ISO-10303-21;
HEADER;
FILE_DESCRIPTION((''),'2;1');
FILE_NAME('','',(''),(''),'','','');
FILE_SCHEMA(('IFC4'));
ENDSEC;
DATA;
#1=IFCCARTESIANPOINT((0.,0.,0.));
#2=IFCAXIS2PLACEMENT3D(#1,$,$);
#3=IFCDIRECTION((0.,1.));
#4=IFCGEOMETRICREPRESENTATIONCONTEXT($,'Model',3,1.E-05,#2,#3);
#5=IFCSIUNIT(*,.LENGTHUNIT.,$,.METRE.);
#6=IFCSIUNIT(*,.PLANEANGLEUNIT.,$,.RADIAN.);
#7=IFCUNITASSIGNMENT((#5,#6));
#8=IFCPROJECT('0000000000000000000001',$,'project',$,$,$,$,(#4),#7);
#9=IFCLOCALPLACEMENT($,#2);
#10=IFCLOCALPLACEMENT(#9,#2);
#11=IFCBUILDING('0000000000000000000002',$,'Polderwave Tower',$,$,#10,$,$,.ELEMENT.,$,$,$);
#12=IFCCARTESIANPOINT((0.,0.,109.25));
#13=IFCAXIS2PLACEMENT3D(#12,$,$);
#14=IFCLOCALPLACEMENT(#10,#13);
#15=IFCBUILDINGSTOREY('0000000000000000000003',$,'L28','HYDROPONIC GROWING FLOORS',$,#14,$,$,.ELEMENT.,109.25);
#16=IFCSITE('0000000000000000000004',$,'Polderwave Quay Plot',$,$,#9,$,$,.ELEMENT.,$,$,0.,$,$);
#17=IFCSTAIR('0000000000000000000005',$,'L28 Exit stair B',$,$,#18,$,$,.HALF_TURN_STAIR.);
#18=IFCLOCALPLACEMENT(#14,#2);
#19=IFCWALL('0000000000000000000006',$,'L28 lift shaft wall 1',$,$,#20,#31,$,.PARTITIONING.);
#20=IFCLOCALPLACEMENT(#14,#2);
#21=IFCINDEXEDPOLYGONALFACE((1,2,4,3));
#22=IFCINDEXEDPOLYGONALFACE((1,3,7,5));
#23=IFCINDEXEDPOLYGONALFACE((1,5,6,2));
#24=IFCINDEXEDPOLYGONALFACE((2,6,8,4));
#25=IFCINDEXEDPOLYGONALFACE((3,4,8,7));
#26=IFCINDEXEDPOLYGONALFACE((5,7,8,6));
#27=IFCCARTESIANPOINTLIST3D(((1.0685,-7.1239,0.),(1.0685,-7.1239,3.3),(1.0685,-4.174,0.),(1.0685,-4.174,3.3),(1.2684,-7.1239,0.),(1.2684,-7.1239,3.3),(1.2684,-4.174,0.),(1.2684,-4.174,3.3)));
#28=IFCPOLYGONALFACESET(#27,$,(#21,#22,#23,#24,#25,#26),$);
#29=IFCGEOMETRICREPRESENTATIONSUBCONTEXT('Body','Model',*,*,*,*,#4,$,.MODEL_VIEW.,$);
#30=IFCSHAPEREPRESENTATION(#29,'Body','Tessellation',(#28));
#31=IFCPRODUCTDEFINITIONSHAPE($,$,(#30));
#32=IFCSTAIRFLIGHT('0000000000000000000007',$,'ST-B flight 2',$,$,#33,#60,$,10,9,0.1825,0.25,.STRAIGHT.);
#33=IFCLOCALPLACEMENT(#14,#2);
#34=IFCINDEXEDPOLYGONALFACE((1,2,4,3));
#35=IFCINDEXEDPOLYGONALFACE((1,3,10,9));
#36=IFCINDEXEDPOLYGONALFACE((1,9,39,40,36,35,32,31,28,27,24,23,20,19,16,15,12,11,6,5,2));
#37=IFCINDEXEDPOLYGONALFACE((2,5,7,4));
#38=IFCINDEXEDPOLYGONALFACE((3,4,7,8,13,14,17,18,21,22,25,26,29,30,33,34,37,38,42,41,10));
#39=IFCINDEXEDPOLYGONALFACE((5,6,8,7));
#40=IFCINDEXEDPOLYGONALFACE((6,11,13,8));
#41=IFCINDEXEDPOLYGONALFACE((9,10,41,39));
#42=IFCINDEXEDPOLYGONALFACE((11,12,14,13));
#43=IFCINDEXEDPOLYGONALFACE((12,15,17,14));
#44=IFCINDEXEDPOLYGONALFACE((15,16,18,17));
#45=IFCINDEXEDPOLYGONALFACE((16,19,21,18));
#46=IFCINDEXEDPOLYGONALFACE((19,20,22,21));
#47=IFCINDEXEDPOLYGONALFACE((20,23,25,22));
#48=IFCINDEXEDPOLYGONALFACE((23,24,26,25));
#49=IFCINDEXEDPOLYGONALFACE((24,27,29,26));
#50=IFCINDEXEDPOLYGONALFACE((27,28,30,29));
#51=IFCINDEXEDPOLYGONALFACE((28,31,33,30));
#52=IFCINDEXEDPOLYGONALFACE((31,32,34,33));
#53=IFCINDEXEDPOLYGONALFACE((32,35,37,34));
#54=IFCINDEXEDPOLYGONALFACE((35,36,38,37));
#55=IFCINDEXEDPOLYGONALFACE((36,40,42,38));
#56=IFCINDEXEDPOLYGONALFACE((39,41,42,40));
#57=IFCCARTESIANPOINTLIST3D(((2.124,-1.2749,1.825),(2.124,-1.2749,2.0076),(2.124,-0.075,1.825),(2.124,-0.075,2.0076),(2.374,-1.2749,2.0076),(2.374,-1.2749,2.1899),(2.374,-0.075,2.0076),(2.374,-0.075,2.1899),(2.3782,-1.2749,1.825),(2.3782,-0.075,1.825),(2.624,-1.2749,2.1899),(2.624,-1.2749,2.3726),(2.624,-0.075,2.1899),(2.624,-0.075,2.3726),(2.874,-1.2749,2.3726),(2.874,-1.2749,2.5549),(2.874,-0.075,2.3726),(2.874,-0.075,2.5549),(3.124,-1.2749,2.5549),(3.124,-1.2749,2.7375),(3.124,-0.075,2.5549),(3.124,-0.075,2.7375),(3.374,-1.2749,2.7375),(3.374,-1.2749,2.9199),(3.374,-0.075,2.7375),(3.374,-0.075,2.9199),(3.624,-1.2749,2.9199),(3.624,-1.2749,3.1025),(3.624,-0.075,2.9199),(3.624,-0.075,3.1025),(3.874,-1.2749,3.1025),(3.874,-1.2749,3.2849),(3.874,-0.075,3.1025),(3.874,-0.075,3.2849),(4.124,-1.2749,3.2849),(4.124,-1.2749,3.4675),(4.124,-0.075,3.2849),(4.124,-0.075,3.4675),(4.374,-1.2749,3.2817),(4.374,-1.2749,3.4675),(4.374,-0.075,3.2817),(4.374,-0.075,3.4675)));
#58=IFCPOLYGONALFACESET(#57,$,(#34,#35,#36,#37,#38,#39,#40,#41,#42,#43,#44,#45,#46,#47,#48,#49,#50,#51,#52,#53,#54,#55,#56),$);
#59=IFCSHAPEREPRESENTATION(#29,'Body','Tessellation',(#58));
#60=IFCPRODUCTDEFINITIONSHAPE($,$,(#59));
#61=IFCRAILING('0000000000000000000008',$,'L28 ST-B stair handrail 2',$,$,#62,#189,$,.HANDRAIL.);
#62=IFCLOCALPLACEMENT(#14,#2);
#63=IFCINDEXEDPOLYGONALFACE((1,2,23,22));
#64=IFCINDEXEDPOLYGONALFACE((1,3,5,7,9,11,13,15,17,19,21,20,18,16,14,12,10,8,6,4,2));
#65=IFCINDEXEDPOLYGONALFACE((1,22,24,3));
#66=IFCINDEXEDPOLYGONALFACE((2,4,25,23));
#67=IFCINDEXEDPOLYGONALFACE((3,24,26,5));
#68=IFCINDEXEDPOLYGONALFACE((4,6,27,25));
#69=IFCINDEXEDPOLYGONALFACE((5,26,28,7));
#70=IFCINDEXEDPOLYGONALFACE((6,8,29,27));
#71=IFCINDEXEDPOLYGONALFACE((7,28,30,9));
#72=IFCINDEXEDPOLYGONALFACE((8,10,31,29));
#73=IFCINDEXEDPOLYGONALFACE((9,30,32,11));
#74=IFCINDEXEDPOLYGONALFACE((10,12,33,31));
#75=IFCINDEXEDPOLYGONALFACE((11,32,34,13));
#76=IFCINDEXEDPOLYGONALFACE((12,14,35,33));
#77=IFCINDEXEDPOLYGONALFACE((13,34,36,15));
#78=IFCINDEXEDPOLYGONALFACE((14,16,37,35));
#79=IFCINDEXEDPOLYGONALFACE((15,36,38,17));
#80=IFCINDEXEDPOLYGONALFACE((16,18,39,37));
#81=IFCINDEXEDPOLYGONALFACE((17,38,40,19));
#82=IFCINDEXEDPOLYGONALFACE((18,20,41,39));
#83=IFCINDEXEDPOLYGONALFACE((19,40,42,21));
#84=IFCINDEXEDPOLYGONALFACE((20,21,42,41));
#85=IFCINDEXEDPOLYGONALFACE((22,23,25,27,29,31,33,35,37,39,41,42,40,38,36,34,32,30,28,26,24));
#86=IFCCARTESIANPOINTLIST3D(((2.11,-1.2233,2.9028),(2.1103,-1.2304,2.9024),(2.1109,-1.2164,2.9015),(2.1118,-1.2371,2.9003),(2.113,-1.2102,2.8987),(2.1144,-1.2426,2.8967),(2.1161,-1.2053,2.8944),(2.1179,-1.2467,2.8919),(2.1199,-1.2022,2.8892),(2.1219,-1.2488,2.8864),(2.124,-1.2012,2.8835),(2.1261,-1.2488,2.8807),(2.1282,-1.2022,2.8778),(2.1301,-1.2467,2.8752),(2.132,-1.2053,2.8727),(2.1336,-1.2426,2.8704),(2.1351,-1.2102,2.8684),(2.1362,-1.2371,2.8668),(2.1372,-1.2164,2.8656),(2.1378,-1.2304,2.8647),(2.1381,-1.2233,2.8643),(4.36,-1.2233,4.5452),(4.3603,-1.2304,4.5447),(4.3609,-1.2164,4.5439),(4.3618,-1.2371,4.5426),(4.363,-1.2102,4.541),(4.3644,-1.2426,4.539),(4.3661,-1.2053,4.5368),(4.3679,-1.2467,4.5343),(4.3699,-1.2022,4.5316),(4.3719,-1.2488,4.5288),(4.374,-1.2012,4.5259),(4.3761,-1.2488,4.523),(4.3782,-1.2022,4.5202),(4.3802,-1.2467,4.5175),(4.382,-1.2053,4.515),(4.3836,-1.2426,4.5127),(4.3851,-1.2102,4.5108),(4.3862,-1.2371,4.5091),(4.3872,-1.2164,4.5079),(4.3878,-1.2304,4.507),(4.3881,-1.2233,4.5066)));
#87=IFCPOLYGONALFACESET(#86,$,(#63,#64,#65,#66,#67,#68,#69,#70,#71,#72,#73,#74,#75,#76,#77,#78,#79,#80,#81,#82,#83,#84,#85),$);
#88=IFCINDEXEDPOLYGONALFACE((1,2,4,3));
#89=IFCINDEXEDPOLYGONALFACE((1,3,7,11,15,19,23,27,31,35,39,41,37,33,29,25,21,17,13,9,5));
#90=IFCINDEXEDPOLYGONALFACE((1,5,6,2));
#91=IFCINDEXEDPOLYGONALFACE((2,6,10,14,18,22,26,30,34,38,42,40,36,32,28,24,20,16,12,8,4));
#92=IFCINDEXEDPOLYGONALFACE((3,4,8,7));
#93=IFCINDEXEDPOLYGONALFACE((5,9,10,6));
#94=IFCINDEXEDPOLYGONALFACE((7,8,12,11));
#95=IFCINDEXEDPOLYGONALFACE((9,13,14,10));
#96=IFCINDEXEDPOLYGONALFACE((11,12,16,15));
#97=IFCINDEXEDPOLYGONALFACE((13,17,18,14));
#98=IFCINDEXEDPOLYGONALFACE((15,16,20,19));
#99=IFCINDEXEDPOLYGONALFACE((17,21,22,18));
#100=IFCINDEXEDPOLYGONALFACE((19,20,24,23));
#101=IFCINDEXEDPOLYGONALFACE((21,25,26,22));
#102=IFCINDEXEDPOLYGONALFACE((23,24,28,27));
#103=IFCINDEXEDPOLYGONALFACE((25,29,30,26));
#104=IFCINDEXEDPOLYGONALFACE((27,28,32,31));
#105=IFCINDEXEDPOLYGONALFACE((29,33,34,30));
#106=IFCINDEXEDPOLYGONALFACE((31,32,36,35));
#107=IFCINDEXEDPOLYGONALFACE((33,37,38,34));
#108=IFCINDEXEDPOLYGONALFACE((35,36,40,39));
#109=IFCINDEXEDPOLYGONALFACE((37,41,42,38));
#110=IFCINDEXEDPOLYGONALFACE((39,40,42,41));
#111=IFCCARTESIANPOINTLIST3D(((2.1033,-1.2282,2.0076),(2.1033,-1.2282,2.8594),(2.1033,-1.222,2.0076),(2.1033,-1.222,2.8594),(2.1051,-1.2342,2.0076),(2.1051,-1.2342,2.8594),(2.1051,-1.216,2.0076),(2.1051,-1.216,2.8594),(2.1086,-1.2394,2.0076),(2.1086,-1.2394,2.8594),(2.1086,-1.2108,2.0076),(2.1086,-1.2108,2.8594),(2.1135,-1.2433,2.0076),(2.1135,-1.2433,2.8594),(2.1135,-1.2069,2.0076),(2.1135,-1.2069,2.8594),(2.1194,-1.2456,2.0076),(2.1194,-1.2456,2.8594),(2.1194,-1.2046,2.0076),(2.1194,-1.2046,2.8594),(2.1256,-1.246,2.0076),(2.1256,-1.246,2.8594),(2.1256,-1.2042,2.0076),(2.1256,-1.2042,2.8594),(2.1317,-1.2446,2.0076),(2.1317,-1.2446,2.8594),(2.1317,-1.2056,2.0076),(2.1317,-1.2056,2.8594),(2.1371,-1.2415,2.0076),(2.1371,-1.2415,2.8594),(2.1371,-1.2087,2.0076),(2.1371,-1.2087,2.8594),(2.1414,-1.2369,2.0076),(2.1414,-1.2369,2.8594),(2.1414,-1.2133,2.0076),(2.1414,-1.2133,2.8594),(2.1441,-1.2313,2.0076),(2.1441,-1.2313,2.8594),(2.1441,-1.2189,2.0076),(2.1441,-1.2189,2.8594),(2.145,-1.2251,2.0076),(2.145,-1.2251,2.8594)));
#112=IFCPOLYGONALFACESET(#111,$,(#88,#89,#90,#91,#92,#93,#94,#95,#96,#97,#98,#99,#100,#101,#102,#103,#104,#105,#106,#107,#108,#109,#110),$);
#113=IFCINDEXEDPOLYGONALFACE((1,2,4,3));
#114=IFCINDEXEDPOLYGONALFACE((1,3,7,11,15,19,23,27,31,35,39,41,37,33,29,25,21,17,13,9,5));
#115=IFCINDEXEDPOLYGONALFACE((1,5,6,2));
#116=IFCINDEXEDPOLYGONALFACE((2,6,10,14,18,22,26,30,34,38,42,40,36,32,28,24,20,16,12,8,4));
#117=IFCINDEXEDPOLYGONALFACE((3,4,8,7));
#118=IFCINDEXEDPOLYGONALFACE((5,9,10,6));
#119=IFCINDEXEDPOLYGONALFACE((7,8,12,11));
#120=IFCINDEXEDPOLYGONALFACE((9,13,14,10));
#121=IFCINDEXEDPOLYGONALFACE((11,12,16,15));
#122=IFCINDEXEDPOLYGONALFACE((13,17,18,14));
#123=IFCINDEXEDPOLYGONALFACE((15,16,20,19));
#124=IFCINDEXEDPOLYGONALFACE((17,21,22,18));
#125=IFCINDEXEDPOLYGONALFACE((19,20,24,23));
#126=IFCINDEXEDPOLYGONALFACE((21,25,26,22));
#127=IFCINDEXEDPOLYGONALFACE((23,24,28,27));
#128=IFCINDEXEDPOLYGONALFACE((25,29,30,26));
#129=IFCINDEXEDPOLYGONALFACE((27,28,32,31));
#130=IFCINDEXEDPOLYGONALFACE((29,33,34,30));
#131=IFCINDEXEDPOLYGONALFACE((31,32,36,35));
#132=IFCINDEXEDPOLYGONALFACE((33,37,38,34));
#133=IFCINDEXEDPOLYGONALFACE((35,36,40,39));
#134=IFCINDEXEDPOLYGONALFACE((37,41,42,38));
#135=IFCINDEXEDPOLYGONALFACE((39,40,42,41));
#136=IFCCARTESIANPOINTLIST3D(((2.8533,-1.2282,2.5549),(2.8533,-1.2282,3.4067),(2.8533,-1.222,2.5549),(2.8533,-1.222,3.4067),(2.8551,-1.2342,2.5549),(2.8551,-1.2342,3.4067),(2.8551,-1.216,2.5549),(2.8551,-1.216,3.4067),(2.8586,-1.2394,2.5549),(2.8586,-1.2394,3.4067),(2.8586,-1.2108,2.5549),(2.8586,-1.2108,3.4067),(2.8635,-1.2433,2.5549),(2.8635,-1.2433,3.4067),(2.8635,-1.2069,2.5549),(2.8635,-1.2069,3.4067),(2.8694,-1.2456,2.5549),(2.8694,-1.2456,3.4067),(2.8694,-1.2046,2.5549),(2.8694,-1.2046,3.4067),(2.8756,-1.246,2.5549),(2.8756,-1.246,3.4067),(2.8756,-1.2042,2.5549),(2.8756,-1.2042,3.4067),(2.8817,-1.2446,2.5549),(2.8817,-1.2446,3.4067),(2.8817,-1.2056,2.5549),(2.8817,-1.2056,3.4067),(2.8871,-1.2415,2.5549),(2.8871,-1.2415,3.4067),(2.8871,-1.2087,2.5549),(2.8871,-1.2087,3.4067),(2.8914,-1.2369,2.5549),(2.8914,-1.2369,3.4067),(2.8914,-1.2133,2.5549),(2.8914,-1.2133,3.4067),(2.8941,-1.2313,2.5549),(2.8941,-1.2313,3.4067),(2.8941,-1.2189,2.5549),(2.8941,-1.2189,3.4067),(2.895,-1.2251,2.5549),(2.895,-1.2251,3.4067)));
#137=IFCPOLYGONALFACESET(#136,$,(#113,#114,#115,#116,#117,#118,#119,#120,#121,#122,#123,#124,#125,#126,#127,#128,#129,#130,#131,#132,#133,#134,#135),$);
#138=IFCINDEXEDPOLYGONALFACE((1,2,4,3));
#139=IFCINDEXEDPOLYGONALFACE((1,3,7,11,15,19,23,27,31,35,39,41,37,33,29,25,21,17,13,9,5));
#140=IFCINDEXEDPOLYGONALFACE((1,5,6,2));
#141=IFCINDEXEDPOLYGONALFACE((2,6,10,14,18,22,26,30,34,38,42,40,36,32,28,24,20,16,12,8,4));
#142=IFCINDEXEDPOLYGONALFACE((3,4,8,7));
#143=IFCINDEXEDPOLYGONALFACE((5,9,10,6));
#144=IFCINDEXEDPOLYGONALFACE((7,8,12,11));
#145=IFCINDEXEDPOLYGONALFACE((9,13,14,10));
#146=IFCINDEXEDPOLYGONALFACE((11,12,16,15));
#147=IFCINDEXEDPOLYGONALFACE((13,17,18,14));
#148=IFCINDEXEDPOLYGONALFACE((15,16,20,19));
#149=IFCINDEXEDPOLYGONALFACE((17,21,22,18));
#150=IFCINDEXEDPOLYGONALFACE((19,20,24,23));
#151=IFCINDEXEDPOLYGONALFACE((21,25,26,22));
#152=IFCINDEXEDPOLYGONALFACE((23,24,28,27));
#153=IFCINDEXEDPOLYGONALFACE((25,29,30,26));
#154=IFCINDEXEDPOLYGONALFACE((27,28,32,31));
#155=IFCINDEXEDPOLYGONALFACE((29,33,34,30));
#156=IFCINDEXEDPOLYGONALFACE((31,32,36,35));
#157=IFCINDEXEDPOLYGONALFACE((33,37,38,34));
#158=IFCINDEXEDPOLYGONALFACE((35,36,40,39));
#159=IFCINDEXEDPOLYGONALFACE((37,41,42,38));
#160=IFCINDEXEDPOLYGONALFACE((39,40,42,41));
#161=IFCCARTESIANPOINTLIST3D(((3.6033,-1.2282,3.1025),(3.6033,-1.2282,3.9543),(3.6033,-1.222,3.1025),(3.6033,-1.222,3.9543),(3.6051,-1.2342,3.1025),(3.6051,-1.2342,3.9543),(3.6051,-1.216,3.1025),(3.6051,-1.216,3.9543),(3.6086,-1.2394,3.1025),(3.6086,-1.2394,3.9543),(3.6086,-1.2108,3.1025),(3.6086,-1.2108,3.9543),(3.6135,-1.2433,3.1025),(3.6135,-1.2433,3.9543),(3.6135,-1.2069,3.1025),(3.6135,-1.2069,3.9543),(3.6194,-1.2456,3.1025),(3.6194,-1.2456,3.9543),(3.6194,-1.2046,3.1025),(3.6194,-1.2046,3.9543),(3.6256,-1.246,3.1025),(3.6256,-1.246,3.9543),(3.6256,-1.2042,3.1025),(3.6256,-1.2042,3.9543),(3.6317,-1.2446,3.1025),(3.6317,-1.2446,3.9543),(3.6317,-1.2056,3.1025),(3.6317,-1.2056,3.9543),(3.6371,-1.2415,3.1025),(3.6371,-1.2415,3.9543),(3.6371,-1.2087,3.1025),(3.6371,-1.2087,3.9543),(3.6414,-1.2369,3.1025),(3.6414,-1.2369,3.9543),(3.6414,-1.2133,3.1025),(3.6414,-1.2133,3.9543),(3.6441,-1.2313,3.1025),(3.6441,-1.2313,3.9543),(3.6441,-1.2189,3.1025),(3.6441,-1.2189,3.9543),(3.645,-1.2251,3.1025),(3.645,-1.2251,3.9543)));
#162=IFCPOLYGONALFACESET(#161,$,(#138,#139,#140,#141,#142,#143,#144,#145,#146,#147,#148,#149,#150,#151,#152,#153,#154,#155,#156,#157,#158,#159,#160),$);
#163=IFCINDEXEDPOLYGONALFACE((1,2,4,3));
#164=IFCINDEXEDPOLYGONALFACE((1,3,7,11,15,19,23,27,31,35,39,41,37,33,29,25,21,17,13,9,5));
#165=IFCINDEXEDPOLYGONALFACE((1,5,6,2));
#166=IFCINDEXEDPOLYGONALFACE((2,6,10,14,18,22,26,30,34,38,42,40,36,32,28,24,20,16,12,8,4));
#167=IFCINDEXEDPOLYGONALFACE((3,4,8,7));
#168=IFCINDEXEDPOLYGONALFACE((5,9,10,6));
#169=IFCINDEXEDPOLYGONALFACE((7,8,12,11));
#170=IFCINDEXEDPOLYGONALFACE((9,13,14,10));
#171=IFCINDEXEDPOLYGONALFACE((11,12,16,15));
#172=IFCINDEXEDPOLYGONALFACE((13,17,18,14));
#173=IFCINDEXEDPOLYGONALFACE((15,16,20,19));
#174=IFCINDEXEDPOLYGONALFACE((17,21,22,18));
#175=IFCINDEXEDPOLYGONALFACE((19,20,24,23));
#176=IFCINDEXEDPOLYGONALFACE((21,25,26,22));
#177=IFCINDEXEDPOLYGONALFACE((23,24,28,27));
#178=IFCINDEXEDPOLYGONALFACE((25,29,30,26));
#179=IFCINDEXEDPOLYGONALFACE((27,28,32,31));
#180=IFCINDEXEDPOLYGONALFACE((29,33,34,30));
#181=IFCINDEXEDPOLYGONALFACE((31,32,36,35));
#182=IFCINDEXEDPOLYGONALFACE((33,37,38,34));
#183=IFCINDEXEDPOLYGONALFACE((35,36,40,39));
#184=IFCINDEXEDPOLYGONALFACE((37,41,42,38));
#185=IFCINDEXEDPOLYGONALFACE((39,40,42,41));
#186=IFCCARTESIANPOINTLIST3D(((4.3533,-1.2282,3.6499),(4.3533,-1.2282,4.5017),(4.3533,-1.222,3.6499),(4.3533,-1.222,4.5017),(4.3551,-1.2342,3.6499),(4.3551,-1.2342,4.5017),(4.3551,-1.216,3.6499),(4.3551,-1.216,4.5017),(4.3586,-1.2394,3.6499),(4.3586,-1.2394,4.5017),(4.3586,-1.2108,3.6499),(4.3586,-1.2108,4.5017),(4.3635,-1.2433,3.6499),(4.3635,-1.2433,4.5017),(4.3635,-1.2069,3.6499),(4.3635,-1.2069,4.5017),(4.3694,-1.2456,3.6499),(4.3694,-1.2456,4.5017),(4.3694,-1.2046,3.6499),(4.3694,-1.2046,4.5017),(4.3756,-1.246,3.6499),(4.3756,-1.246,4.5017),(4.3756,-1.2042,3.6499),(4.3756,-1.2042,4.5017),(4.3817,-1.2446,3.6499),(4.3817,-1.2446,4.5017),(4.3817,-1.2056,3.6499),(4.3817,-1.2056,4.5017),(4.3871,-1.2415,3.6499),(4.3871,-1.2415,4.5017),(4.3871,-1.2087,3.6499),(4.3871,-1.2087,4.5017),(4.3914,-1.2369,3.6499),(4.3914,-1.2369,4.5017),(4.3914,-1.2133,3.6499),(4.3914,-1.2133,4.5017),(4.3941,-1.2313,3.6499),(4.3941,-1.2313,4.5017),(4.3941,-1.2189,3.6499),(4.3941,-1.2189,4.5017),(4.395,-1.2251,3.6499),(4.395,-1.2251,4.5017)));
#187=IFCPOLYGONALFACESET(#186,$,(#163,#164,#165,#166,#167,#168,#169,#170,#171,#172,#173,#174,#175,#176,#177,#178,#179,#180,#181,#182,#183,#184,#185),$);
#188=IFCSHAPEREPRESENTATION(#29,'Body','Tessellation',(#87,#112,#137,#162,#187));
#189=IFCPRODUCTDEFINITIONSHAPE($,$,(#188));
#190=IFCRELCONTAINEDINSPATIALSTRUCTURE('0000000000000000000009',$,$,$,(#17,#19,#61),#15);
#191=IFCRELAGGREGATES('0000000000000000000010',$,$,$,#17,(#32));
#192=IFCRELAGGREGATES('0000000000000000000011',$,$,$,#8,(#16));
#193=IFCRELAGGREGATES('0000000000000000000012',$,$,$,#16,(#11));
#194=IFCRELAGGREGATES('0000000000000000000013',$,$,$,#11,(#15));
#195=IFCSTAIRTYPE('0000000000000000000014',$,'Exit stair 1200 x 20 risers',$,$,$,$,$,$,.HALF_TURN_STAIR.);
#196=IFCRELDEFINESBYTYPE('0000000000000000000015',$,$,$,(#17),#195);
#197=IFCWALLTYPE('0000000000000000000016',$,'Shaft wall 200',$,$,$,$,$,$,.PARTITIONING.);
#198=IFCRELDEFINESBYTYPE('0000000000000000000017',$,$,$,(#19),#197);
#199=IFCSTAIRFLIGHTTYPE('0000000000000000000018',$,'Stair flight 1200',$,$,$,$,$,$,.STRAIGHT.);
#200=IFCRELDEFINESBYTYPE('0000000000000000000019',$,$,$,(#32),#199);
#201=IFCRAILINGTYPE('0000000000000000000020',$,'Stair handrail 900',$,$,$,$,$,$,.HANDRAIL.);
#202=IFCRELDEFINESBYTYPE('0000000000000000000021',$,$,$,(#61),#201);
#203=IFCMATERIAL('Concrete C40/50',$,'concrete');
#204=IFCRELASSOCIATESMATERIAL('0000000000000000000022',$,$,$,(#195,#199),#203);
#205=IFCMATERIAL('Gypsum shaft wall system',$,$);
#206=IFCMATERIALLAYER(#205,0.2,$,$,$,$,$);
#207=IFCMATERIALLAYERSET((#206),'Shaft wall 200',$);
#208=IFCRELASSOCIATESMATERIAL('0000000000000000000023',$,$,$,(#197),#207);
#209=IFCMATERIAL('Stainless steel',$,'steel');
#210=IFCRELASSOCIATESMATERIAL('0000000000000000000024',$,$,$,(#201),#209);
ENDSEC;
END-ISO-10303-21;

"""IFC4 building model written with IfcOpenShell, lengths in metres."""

from ifc_helpers import new_model, si_unit, direction, frame, frame_2d, origin, origin_2d, place, context, subcontext, project, spatial, polyline, rectangle, circle, outline, extrude, material, layer, layer_set, type_object, element, aggregate, save


model = new_model("IFC4")

# Units and contexts
model_context = context("Model", 3, precision=1e-05, world=origin(), true_north=direction((0.0, 1.0)))
body_context = subcontext(model_context, "Body", "Model", "MODEL_VIEW")
ifc_project = project(units=[si_unit("LENGTHUNIT", "METRE"), si_unit("PLANEANGLEUNIT", "RADIAN")], contexts=[model_context])

# Site, building, storey
site_placement = place(None, origin())
site = spatial("IfcSite", under=ifc_project, at=site_placement, Name="Polderwave Quay Plot", CompositionType="ELEMENT", RefElevation=0.0)
building_placement = place(site_placement, origin())
building = spatial("IfcBuilding", under=site, at=building_placement, Name="Polderwave Tower", CompositionType="ELEMENT")
storey_placement = place(building_placement, frame((0.0, 0.0, 109.25)))
storey = spatial("IfcBuildingStorey", under=building, at=storey_placement, Name="L28", Description="HYDROPONIC GROWING FLOORS", CompositionType="ELEMENT", Elevation=109.25)

# Shared definitions
ifc_material_1 = material(Name="Concrete C40/50", Category="concrete")

# Stair
stair_type = type_object("IfcStairType", Name="Exit stair 1200 x 20 risers", PredefinedType="HALF_TURN_STAIR", material=ifc_material_1)
stair_1_placement = place(storey_placement, origin())
stair_1 = element("IfcStair", 1, at=stair_1_placement, inside=storey, type_object=stair_type, Name="L28 Exit stair B", PredefinedType="HALF_TURN_STAIR")

# Wall
ifc_material_2 = material(Name="Gypsum shaft wall system")
ifc_layer_1 = layer(ifc_material_2, 0.2)
ifc_layer_set_1 = layer_set([ifc_layer_1], Name="Shaft wall 200")
wall_type = type_object("IfcWallType", Name="Shaft wall 200", PredefinedType="PARTITIONING", material=ifc_layer_set_1)
wall_placement = place(storey_placement, frame((1.1685, -7.124, 0.0), z_axis=(0.0, 0.0, 1.0), x_axis=(0.0, 1.0, 0.0)))
element("IfcWall", 2, at=wall_placement, inside=storey, type_object=wall_type, Name="L28 lift shaft wall 1", PredefinedType="PARTITIONING", context=body_context, shape_type="SweptSolid", body=[
    extrude(rectangle(XDim=2.95, YDim=0.2, at=frame_2d((1.4751, 0.0))), origin(), (0.0, 0.0, 1.0), 3.3),
])

# Stair flight
stair_flight_type = type_object("IfcStairFlightType", Name="Stair flight 1200", PredefinedType="STRAIGHT", material=ifc_material_1)
stair_flight_placement = place(storey_placement, frame((2.124, -0.675, 1.825), z_axis=(0.0, 0.0, 1.0), x_axis=(1.0, 0.0, 0.0)))
stair_flight = element("IfcStairFlight", 3, at=stair_flight_placement, type_object=stair_flight_type, Name="ST-B flight 2", NumberOfRisers=10, NumberOfTreads=9, PredefinedType="STRAIGHT", RiserHeight=0.1825, TreadLength=0.25, context=body_context, shape_type="SweptSolid", body=[
    extrude(outline(polyline([(0.0, 0.0), (0.0, 0.1826), (0.25, 0.1826), (0.25, 0.365), (0.5, 0.365), (0.5, 0.5476), (0.75, 0.5476), (0.75, 0.73), (1.0, 0.73), (1.0, 0.9126), (1.25, 0.9126), (1.25, 1.095), (1.5, 1.095), (1.5, 1.2776), (1.75, 1.2776), (1.75, 1.46), (2.0, 1.46), (2.0, 1.6426), (2.25, 1.6426), (2.25, 1.825), (2.25, 1.4568), (0.2542, 0.0), (0.0, 0.0)])), frame((0.0, 0.6001, 0.0), z_axis=(0.0, -1.0, 0.0), x_axis=(1.0, 0.0, 0.0)), (0.0, 0.0, 1.0), 1.2),
])
aggregate(stair_1, [stair_flight])

# Railing
ifc_material_3 = material(Name="Stainless steel", Category="steel")
railing_type = type_object("IfcRailingType", Name="Stair handrail 900", PredefinedType="HANDRAIL", material=ifc_material_3)
railing_placement = place(storey_placement, frame((2.124, -1.2251, 2.0076)))
element("IfcRailing", 4, at=railing_placement, inside=storey, type_object=railing_type, Name="L28 ST-B stair handrail 2", PredefinedType="HANDRAIL", context=body_context, shape_type="SweptSolid", body=[
    extrude(circle(Radius=0.0239, at=origin_2d()), frame((0.0, 0.0, 0.876), z_axis=(0.807715, 0.0, 0.589573), x_axis=(0.0, 1.0, 0.0)), (0.0, 0.0, 1.0), 2.7856),
    extrude(circle(Radius=0.021, at=origin_2d()), origin(), (0.0, 0.0, 1.0), 0.8518),
    extrude(circle(Radius=0.021, at=origin_2d()), frame((0.75, 0.0, 0.5474)), (0.0, 0.0, 1.0), 0.8518),
    extrude(circle(Radius=0.021, at=origin_2d()), frame((1.5, 0.0, 1.095)), (0.0, 0.0, 1.0), 0.8518),
    extrude(circle(Radius=0.021, at=origin_2d()), frame((2.25, 0.0, 1.6423)), (0.0, 0.0, 1.0), 0.8518),
])

save(model, "model.ifc")
